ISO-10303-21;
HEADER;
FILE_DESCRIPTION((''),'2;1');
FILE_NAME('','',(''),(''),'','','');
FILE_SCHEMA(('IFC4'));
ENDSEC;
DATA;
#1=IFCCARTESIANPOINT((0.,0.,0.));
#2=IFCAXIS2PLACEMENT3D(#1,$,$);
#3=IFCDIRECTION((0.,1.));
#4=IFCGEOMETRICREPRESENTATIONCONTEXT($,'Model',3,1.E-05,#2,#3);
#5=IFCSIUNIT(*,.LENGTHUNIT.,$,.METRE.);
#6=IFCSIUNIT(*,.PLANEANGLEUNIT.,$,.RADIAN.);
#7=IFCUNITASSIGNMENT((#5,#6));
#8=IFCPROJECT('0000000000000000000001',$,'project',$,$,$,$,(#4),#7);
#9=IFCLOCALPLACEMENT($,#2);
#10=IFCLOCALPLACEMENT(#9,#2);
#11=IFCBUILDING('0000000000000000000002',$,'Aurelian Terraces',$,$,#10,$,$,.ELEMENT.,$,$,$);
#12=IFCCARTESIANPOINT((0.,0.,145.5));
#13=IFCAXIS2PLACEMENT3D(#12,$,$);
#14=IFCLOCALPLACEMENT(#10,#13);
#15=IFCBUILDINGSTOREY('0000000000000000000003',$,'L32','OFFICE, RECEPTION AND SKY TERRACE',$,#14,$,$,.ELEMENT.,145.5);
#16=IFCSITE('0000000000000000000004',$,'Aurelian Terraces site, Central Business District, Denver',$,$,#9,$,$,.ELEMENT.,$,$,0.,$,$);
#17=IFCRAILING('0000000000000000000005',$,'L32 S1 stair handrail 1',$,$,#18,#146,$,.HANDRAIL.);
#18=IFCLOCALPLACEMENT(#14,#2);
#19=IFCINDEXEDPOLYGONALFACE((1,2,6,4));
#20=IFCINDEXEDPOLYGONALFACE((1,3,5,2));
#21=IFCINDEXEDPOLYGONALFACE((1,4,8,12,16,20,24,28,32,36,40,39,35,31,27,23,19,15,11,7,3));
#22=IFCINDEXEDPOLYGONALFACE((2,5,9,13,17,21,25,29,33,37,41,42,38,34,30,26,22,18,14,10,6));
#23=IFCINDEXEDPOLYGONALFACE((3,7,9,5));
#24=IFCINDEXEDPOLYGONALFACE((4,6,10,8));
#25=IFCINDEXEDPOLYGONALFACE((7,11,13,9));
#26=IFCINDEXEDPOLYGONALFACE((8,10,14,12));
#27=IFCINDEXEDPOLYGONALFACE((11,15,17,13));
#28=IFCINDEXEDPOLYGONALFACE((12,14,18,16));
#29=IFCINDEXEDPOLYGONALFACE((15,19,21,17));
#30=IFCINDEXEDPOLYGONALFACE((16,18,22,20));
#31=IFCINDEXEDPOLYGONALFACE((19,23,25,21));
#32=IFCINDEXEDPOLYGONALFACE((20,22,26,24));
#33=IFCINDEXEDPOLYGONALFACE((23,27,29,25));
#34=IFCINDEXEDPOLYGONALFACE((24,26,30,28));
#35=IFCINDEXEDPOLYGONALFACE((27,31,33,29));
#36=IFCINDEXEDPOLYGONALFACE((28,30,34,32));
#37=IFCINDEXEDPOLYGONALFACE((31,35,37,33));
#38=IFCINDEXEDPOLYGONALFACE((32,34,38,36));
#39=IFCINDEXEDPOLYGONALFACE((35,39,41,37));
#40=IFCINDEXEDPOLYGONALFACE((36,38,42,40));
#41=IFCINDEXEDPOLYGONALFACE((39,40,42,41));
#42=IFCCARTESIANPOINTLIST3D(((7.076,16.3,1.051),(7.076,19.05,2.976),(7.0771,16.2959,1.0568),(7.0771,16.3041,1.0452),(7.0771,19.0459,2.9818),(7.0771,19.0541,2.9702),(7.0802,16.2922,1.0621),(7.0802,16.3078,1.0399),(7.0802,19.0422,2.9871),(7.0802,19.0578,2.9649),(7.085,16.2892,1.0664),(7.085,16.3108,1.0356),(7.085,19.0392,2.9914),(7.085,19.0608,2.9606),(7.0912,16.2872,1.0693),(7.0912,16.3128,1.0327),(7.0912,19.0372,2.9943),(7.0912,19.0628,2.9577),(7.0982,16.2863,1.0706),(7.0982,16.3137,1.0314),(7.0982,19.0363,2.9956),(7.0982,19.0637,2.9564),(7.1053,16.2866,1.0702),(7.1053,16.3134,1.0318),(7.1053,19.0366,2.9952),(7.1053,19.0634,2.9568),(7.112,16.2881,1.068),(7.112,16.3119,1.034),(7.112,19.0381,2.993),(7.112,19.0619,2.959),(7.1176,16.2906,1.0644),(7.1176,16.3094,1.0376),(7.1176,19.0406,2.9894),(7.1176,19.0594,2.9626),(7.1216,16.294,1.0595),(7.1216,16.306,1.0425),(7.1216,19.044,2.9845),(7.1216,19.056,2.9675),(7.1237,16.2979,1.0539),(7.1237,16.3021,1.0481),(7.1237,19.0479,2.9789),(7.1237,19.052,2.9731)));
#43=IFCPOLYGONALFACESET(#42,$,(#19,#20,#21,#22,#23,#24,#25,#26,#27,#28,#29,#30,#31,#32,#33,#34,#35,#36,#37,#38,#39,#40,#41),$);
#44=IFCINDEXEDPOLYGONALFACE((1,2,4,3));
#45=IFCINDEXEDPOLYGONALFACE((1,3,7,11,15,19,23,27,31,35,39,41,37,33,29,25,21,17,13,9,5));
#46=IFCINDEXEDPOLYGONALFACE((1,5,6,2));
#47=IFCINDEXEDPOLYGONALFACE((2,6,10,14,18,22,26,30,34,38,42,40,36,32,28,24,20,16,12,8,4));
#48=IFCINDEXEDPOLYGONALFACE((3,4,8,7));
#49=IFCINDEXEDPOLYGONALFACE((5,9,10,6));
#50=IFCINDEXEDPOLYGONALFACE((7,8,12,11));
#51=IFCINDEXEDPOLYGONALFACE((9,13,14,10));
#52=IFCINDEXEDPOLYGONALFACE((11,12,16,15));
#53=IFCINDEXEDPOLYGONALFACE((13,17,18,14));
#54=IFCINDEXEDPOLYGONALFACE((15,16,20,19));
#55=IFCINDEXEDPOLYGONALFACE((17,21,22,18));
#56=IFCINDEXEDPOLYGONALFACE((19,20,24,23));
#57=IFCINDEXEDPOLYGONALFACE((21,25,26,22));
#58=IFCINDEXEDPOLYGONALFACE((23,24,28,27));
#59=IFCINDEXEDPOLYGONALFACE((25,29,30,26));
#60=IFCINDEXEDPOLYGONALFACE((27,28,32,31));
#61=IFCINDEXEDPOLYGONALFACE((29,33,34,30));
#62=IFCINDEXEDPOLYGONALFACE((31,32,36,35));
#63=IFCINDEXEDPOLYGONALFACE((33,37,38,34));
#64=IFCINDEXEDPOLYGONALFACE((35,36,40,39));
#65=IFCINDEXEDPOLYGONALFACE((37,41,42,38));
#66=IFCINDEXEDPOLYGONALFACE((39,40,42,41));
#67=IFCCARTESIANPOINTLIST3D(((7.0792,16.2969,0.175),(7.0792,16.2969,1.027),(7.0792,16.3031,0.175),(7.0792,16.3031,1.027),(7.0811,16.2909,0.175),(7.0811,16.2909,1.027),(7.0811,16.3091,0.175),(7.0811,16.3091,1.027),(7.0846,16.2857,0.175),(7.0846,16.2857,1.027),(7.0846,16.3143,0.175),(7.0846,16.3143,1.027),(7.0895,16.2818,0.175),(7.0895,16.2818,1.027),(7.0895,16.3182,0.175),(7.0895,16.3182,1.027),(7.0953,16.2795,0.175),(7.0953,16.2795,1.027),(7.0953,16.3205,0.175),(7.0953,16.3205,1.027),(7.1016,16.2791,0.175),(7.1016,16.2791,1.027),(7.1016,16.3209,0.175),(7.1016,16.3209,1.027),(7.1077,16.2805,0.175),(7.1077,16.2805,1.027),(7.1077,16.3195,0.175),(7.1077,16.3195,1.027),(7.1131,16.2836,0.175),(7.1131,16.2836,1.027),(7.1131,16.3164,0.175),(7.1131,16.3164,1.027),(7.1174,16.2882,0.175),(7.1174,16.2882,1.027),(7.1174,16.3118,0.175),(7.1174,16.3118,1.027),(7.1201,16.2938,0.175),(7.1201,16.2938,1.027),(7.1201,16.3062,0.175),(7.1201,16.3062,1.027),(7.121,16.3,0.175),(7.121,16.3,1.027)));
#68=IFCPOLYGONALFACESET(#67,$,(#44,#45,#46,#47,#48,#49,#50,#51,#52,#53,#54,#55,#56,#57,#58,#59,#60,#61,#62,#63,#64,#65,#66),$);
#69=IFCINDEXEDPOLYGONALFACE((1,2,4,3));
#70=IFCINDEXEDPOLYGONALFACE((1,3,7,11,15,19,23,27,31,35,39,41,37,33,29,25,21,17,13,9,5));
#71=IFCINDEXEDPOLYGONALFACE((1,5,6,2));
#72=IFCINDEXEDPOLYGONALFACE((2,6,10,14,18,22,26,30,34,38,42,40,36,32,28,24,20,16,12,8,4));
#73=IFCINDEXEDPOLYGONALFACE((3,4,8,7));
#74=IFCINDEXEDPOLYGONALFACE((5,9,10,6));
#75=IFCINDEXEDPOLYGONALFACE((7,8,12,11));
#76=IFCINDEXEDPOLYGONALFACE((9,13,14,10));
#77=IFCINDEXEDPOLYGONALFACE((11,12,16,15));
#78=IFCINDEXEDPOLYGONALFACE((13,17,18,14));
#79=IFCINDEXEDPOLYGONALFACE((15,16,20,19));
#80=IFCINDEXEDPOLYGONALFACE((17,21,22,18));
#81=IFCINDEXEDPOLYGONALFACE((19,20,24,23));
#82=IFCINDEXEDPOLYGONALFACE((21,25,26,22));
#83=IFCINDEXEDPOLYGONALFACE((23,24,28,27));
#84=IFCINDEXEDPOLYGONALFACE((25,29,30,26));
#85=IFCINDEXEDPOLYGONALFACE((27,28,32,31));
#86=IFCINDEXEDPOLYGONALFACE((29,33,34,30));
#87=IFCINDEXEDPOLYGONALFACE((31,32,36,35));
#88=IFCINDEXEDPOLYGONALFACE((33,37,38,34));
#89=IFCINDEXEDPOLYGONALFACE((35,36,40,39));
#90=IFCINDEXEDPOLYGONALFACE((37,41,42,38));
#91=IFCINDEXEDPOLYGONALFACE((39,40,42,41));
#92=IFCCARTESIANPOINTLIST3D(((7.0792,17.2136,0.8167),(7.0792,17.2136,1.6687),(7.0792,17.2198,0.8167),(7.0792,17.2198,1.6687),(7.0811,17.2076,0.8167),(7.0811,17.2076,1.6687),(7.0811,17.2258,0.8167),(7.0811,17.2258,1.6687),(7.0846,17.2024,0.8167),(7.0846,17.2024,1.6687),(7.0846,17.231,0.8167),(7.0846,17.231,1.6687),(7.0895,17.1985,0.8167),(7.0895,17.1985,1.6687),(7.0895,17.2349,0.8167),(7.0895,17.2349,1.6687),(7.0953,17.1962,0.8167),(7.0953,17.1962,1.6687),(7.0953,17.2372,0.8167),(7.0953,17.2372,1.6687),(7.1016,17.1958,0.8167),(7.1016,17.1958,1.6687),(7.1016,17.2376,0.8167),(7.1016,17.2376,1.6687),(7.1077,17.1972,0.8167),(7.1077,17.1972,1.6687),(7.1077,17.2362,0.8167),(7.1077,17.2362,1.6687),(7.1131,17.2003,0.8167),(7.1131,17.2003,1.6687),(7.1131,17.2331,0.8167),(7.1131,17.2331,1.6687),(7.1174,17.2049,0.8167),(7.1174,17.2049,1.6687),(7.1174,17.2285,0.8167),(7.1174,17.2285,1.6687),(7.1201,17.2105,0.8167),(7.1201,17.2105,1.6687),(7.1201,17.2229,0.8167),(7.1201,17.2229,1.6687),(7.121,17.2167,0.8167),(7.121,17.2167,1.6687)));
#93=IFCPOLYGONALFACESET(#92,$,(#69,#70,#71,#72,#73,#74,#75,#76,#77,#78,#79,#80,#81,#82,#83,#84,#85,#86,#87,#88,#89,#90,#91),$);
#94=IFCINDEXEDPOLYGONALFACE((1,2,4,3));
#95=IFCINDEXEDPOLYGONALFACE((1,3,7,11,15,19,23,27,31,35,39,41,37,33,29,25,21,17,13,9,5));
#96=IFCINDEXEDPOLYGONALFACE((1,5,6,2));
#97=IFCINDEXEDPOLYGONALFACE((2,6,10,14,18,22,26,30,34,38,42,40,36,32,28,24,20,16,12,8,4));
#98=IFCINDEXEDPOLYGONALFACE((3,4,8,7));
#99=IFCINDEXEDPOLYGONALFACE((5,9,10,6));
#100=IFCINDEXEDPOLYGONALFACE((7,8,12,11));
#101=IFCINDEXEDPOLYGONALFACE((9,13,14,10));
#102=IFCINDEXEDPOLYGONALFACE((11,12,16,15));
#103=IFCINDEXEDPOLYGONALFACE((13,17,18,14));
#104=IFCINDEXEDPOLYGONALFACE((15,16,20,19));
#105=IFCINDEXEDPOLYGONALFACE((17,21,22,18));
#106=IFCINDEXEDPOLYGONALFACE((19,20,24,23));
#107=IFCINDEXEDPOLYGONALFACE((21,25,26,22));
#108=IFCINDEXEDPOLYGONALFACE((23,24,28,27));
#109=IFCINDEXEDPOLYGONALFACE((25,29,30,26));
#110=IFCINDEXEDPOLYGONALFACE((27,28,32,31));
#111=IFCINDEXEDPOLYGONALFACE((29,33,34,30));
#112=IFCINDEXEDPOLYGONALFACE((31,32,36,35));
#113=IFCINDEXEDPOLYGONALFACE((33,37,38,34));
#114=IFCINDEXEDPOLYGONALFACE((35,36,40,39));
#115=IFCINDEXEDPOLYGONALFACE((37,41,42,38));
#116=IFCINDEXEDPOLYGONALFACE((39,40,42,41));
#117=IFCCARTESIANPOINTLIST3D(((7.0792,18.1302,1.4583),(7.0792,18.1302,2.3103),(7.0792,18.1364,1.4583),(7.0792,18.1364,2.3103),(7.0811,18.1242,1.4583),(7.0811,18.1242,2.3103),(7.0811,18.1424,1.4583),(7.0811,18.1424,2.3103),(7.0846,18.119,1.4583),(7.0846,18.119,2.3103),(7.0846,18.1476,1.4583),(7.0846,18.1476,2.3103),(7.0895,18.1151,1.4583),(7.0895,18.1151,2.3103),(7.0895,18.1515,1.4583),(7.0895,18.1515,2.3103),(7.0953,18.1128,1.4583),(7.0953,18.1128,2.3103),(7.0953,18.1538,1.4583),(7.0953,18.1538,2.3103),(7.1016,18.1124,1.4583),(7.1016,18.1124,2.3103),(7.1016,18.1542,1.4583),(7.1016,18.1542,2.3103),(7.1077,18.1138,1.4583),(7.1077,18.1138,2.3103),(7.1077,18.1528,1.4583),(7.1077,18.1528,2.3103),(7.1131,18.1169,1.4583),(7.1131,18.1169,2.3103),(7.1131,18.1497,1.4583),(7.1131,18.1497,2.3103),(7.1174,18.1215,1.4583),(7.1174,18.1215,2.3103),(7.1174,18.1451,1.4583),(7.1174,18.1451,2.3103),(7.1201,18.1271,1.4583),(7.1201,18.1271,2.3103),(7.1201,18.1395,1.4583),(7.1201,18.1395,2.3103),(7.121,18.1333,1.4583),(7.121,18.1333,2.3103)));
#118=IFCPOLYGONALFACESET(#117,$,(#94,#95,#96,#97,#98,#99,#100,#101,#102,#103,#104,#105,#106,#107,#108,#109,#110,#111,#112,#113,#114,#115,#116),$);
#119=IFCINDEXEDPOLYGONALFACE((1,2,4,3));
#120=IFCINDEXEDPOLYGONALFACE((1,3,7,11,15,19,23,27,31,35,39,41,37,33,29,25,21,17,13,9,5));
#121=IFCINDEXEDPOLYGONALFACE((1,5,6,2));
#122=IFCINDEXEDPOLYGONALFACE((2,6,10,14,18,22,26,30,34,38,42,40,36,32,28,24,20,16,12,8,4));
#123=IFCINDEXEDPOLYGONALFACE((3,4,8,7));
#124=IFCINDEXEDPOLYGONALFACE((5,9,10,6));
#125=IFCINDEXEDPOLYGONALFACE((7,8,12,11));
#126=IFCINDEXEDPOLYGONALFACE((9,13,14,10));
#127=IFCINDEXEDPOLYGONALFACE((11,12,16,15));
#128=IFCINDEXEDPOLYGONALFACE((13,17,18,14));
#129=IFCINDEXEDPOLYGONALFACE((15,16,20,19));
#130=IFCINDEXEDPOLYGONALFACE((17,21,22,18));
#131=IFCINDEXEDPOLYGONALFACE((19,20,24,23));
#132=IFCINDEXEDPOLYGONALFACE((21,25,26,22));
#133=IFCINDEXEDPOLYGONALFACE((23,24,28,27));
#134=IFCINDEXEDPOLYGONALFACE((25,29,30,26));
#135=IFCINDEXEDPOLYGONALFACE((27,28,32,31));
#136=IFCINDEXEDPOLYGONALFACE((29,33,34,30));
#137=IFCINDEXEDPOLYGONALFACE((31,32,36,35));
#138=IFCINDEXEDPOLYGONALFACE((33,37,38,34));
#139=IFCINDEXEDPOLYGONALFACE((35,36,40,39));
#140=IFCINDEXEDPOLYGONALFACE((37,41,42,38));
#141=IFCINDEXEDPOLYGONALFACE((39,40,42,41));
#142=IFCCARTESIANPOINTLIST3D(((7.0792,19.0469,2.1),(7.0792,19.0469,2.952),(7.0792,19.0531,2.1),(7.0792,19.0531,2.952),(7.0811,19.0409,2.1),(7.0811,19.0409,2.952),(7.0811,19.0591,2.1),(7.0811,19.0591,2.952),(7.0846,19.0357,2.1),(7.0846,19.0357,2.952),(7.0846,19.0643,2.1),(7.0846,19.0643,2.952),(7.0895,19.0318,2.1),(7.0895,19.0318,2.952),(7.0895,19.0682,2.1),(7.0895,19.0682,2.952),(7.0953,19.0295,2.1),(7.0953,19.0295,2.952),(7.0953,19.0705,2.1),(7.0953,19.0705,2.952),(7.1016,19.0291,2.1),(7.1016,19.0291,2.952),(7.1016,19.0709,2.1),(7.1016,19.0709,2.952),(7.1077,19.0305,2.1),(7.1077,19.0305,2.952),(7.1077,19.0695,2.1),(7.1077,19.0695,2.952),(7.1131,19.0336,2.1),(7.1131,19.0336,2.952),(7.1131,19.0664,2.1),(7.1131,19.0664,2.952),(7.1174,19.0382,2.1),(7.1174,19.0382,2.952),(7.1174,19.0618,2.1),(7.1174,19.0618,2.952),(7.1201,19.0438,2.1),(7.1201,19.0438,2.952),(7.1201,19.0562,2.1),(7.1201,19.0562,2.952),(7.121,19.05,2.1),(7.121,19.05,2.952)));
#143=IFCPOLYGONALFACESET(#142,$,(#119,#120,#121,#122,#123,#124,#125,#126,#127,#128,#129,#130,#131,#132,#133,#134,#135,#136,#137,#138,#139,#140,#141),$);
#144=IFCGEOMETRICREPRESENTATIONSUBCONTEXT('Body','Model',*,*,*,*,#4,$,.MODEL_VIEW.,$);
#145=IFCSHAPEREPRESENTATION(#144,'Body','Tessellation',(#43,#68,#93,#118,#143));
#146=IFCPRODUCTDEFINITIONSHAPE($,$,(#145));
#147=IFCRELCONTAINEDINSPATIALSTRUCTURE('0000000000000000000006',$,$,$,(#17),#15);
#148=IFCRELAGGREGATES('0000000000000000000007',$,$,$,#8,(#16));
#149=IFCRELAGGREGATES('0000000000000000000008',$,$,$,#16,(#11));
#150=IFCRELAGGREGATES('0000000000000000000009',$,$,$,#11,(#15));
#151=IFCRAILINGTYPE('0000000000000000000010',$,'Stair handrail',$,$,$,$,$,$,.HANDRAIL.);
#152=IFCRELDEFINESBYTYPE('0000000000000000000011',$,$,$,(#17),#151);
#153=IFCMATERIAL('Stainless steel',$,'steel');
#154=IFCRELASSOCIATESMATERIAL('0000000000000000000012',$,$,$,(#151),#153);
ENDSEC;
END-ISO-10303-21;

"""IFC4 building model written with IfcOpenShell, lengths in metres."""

from ifc_helpers import new_model, si_unit, direction, frame, origin, origin_2d, place, context, subcontext, project, spatial, circle, extrude, source, transform, mapped, material, type_object, element, save


model = new_model("IFC4")

# Units and contexts
model_context = context("Model", 3, precision=1e-05, world=origin(), true_north=direction((0.0, 1.0)))
body_context = subcontext(model_context, "Body", "Model", "MODEL_VIEW")
ifc_project = project(units=[si_unit("LENGTHUNIT", "METRE"), si_unit("PLANEANGLEUNIT", "RADIAN")], contexts=[model_context])

# Site, building, storey
site_placement = place(None, origin())
site = spatial("IfcSite", under=ifc_project, at=site_placement, Name="Aurelian Terraces site, Central Business District, Denver", CompositionType="ELEMENT", RefElevation=0.0)
building_placement = place(site_placement, origin())
building = spatial("IfcBuilding", under=site, at=building_placement, Name="Aurelian Terraces", CompositionType="ELEMENT")
storey_placement = place(building_placement, frame((0.0, 0.0, 145.5)))
storey = spatial("IfcBuildingStorey", under=building, at=storey_placement, Name="L32", Description="OFFICE, RECEPTION AND SKY TERRACE", CompositionType="ELEMENT", Elevation=145.5)

# Railing
ifc_material_1 = material(Name="Stainless steel", Category="steel")
railing_type_1 = type_object("IfcRailingType", Name="Stair handrail", PredefinedType="HANDRAIL", material=ifc_material_1)
shared_shape_1 = source(origin(), body_context, "Body", "SweptSolid", [
    extrude(circle(Radius=0.024, at=origin_2d()), frame((0.0, 0.0, 0.876), z_axis=(0.0, 0.819232, 0.573462), x_axis=(-1.0, 0.0, 0.0)), (0.0, 0.0, 1.0), 3.3568),
    extrude(circle(Radius=0.021, at=origin_2d()), origin(), (0.0, 0.0, 1.0), 0.852),
    extrude(circle(Radius=0.021, at=origin_2d()), frame((0.0, 0.9167, 0.6417)), (0.0, 0.0, 1.0), 0.852),
    extrude(circle(Radius=0.021, at=origin_2d()), frame((0.0, 1.8333, 1.2833)), (0.0, 0.0, 1.0), 0.852),
    extrude(circle(Radius=0.021, at=origin_2d()), frame((0.0, 2.75, 1.925)), (0.0, 0.0, 1.0), 0.852),
])
railing_1_placement = place(storey_placement, frame((7.1, 16.3, 0.175)))
element("IfcRailing", 1, at=railing_1_placement, inside=storey, type_object=railing_type_1, Name="L32 S1 stair handrail 1", PredefinedType="HANDRAIL", context=body_context, shape_type="MappedRepresentation", body=[
    mapped(shared_shape_1, transform((0.0, 0.0, 0.0), scale=1.0)),
])

save(model, "model.ifc")
